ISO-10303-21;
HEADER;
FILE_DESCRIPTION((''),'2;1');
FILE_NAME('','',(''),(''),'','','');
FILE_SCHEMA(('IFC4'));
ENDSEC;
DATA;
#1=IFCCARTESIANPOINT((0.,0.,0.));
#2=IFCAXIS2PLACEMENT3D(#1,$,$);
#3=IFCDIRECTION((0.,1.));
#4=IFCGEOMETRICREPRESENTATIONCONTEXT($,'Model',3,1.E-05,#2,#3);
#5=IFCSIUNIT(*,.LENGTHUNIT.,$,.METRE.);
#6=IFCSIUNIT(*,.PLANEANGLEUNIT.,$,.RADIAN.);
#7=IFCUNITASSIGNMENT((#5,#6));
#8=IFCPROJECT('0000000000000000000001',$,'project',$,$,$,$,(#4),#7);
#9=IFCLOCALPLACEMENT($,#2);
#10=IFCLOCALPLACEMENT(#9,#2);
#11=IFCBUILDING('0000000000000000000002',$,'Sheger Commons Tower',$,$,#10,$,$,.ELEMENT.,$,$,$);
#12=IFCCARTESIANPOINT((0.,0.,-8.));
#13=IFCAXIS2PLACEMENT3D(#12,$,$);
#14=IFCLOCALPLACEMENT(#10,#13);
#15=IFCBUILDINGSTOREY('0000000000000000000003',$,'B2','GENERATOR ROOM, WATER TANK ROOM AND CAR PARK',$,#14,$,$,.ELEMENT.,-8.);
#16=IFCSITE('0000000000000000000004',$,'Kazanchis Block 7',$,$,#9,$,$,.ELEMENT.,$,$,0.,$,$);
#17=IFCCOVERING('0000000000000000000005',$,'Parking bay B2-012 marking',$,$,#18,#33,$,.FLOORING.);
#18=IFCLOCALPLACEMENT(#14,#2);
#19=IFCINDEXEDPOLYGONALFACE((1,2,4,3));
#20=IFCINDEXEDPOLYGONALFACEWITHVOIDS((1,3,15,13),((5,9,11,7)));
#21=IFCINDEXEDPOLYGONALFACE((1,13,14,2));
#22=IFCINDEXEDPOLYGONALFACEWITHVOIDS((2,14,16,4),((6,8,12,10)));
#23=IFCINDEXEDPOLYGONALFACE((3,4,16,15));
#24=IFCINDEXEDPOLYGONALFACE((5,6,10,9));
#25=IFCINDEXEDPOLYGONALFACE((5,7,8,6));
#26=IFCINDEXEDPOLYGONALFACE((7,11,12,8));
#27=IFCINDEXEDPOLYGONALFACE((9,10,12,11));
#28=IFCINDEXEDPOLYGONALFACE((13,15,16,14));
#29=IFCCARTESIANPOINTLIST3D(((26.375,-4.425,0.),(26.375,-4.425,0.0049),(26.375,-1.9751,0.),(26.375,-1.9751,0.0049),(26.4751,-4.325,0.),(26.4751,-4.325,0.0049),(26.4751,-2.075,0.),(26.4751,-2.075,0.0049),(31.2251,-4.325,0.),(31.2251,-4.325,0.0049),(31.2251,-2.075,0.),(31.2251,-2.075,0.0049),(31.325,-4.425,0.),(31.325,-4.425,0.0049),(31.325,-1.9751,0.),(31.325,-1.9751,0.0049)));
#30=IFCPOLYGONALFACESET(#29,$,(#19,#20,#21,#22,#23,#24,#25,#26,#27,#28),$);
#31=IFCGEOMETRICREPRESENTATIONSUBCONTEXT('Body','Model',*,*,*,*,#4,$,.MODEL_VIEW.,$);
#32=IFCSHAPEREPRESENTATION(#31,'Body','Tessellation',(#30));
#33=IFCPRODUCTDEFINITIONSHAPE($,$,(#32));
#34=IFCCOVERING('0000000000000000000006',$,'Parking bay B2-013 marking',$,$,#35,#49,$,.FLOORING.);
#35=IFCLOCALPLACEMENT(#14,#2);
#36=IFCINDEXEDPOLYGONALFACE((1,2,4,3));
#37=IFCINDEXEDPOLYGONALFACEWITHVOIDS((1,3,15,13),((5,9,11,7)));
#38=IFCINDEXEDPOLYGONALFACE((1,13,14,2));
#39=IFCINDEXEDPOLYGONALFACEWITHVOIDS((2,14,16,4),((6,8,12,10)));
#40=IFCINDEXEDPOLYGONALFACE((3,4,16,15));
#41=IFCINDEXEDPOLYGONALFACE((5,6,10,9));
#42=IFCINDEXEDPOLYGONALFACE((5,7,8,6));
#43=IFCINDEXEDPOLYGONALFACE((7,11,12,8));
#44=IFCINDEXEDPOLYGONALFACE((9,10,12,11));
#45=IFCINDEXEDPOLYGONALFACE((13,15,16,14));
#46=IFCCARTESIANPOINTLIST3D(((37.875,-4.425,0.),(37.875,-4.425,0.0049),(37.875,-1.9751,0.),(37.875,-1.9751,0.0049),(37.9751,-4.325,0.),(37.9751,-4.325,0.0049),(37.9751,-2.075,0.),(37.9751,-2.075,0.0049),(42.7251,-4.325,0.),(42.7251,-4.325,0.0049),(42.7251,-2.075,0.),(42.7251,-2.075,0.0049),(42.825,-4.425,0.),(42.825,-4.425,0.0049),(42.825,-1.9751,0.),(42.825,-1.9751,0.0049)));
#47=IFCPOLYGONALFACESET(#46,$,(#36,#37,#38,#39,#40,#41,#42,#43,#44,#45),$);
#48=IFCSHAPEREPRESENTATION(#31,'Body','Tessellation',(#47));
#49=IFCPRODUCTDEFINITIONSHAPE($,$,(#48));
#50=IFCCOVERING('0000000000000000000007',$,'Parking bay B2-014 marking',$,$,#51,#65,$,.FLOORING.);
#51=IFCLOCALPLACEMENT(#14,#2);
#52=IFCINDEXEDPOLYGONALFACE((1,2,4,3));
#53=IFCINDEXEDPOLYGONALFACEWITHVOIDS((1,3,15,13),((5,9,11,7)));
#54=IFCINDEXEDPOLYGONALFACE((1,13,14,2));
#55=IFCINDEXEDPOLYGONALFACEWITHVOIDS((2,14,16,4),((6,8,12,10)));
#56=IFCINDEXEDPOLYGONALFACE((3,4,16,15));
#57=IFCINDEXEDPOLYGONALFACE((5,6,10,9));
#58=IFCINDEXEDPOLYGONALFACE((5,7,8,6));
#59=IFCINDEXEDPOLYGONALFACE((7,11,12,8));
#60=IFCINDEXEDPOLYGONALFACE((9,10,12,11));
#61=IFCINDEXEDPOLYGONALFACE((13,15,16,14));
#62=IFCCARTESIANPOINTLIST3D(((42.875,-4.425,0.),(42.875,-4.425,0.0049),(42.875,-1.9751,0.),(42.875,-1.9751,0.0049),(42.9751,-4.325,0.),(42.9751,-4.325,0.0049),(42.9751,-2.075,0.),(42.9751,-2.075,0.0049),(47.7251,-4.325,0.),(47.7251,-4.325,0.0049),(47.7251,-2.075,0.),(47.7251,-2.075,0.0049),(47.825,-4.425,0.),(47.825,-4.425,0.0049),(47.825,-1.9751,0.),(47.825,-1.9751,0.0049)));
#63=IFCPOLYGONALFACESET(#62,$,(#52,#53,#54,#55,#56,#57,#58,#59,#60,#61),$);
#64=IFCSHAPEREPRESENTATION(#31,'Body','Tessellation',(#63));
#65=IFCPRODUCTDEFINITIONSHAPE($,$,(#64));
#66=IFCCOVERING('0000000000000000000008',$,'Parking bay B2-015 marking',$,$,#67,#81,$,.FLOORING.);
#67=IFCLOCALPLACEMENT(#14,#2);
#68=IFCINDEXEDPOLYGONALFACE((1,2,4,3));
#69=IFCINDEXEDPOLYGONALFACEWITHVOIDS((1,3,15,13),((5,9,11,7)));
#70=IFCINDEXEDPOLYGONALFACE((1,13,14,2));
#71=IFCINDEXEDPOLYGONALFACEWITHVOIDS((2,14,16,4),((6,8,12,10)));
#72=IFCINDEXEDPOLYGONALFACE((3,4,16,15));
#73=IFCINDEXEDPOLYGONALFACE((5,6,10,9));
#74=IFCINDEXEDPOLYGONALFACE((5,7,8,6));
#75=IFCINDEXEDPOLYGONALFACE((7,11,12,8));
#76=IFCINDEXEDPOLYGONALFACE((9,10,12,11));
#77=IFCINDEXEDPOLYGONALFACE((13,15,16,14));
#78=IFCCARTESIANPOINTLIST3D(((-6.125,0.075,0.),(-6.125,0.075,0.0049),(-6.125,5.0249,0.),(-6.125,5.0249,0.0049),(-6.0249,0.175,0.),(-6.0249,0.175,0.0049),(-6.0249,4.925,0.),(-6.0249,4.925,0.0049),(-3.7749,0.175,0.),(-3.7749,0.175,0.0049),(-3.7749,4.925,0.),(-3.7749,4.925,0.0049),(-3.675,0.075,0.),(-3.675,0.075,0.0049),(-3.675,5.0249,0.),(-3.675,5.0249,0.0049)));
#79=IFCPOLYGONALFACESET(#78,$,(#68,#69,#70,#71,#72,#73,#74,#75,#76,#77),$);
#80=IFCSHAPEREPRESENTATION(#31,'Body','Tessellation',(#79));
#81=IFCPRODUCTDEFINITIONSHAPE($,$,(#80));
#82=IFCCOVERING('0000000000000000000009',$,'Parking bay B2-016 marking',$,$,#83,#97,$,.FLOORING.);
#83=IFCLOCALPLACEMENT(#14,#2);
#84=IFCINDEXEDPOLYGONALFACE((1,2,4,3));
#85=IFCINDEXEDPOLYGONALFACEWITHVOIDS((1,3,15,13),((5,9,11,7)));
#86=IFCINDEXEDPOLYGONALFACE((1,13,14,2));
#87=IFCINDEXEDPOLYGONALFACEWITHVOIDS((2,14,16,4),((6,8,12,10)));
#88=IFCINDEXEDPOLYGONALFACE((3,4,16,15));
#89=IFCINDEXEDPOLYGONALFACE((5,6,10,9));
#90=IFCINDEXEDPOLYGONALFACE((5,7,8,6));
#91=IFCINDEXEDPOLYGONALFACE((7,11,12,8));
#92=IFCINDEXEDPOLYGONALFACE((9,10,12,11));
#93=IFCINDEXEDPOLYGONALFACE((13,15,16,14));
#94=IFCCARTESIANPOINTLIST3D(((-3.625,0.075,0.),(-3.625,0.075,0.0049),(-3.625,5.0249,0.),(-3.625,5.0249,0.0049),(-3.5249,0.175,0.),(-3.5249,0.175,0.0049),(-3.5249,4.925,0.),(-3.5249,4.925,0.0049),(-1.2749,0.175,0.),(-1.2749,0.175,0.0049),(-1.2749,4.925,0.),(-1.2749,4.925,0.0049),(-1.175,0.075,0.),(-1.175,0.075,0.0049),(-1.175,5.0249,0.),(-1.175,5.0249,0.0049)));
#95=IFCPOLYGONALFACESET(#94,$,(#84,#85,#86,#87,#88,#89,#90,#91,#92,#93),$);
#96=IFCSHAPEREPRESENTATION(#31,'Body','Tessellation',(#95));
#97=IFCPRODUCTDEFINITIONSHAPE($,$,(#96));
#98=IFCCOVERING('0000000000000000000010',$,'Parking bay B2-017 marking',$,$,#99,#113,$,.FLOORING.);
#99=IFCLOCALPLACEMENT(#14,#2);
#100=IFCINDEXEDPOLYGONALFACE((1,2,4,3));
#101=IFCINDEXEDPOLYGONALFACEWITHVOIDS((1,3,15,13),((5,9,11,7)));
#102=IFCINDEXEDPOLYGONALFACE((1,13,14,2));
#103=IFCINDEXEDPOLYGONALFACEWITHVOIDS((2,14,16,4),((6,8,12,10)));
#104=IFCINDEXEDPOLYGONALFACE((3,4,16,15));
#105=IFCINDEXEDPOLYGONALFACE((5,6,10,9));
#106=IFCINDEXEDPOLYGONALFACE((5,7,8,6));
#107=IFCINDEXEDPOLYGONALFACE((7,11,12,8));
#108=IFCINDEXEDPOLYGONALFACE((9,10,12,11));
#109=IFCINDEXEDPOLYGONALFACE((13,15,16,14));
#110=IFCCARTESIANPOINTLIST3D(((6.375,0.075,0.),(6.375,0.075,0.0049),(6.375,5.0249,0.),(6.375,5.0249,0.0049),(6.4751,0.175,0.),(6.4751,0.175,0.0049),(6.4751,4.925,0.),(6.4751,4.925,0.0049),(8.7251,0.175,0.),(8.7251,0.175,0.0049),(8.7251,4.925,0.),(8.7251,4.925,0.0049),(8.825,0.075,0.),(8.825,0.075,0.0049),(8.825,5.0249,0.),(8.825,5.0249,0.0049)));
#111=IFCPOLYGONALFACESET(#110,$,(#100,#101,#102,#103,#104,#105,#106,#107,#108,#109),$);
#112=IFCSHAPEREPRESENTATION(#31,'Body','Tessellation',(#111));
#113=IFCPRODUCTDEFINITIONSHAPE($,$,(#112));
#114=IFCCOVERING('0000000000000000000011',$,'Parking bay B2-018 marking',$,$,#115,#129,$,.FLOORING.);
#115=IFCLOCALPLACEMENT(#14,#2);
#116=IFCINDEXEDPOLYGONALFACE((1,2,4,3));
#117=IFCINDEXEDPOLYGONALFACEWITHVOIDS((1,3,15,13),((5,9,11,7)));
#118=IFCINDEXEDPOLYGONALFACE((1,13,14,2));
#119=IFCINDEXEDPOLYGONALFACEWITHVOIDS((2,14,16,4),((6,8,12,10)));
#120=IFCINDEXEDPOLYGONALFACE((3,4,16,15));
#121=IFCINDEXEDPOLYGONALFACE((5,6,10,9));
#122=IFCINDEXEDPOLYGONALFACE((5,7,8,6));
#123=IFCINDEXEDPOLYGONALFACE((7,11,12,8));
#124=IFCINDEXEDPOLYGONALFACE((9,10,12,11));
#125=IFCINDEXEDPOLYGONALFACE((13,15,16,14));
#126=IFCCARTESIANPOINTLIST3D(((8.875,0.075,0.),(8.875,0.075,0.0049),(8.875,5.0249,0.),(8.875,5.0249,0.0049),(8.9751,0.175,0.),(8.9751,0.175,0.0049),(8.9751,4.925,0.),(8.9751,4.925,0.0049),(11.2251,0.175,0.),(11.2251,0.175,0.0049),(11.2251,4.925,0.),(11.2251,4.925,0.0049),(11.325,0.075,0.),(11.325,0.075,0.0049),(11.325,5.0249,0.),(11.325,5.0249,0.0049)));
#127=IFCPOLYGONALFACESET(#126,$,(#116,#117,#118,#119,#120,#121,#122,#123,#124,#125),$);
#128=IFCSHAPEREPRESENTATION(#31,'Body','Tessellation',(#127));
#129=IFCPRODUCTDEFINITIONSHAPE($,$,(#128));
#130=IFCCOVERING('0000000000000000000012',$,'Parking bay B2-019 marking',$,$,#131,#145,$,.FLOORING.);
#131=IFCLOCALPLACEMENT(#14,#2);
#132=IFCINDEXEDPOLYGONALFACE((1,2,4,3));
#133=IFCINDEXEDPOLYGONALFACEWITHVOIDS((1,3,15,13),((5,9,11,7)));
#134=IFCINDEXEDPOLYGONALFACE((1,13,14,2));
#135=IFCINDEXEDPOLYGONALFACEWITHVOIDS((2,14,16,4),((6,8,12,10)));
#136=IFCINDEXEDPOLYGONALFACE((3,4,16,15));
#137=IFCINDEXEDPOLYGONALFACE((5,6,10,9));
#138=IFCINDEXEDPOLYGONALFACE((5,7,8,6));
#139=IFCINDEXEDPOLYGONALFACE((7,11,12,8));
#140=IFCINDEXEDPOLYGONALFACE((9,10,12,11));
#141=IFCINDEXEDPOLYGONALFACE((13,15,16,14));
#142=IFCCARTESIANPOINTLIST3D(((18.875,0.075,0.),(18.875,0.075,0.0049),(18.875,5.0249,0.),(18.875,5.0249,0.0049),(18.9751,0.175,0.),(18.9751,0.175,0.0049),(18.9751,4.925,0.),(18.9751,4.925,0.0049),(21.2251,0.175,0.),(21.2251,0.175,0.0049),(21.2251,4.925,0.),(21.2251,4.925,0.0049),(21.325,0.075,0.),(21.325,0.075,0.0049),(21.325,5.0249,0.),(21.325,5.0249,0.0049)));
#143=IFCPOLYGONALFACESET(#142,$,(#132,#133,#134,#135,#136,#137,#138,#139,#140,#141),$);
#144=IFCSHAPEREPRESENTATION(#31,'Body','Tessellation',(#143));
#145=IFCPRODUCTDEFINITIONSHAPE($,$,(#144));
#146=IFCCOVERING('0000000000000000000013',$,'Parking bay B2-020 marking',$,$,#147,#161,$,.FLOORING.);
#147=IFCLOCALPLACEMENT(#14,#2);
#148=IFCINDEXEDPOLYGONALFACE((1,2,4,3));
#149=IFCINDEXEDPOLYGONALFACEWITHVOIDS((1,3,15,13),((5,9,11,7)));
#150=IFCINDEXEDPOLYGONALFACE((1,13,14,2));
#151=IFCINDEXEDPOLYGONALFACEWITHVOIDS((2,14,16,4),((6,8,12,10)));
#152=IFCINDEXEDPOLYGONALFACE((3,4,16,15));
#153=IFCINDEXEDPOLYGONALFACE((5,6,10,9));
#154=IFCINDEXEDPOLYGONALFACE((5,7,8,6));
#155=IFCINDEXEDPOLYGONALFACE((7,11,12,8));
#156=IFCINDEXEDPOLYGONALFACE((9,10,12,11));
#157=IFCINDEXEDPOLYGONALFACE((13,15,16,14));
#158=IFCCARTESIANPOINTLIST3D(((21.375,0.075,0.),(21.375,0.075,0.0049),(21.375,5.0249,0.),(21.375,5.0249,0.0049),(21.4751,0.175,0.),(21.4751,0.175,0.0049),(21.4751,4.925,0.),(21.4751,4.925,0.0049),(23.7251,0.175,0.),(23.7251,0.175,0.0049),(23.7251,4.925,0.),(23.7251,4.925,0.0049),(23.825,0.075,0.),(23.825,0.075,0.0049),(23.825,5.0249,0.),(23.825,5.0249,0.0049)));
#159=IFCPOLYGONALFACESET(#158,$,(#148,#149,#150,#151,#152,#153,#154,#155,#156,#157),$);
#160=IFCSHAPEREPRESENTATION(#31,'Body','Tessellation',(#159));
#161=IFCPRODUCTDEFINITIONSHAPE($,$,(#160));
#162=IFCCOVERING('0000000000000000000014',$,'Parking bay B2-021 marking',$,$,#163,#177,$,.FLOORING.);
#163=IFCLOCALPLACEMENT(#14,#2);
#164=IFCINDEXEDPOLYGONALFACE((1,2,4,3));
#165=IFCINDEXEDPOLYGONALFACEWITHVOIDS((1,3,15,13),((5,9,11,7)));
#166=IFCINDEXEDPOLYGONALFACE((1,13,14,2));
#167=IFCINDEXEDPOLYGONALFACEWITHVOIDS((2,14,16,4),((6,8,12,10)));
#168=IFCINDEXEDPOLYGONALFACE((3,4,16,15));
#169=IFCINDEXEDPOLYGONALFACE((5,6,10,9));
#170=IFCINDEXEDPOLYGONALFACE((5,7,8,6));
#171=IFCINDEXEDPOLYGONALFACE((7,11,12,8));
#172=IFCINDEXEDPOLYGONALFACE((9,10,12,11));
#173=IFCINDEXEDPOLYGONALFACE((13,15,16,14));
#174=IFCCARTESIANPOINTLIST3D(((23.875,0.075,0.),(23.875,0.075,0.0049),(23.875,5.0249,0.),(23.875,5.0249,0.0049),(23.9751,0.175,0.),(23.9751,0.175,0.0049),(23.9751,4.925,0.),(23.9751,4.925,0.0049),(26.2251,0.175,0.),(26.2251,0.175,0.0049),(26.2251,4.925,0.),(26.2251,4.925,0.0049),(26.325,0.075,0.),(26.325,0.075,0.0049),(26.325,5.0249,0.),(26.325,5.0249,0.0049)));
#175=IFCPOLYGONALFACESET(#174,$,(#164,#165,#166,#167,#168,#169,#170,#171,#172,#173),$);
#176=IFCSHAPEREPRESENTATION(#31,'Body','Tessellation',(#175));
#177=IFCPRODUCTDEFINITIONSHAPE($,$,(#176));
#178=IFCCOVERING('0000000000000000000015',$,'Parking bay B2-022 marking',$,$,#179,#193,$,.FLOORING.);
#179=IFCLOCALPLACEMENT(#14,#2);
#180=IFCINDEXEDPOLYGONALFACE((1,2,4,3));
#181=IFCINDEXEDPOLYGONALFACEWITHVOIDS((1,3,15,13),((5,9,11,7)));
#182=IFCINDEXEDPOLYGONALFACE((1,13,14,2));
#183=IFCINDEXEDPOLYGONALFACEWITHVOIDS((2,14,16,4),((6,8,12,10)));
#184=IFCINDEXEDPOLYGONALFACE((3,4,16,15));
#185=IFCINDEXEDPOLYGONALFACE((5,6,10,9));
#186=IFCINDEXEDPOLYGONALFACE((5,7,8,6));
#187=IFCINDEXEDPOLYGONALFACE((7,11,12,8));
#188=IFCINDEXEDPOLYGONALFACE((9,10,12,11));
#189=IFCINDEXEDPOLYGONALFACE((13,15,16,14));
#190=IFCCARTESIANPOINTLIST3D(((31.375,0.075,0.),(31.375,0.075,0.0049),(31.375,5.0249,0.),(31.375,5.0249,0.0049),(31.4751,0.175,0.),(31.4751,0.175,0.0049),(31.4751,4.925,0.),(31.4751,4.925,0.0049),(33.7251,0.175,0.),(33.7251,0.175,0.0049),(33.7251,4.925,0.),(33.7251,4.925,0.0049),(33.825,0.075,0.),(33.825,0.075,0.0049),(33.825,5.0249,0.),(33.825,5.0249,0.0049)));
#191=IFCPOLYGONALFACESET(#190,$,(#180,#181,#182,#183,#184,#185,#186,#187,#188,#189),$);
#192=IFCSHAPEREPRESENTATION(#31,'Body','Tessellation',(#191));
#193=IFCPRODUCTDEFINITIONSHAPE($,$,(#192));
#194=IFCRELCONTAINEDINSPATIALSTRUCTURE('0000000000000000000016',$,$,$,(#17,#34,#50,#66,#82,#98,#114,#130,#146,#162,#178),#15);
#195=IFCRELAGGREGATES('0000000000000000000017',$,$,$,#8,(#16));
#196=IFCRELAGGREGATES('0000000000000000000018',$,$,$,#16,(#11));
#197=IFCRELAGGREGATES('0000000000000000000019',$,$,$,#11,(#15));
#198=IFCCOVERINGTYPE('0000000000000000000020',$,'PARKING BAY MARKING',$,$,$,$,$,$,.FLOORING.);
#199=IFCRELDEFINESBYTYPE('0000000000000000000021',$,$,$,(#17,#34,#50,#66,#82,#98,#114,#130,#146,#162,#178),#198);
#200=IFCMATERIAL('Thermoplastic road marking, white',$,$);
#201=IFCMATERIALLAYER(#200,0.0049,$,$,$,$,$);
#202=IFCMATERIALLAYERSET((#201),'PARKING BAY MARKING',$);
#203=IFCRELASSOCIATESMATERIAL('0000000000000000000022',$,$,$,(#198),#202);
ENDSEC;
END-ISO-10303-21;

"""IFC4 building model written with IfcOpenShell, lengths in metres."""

from ifc_helpers import new_model, si_unit, direction, frame, origin, place, context, subcontext, project, spatial, polyline, outline, extrude, material, layer, layer_set, type_object, element, save


model = new_model("IFC4")

# Units and contexts
model_context = context("Model", 3, precision=1e-05, world=origin(), true_north=direction((0.0, 1.0)))
body_context = subcontext(model_context, "Body", "Model", "MODEL_VIEW")
ifc_project = project(units=[si_unit("LENGTHUNIT", "METRE"), si_unit("PLANEANGLEUNIT", "RADIAN")], contexts=[model_context])

# Site, building, storey
site_placement = place(None, origin())
site = spatial("IfcSite", under=ifc_project, at=site_placement, Name="Kazanchis Block 7", CompositionType="ELEMENT", RefElevation=0.0)
building_placement = place(site_placement, origin())
building = spatial("IfcBuilding", under=site, at=building_placement, Name="Sheger Commons Tower", CompositionType="ELEMENT")
storey_placement = place(building_placement, frame((0.0, 0.0, -8.0)))
storey = spatial("IfcBuildingStorey", under=building, at=storey_placement, Name="B2", Description="GENERATOR ROOM, WATER TANK ROOM AND CAR PARK", CompositionType="ELEMENT", Elevation=-8.0)

# Coverings
ifc_material_1 = material(Name="Thermoplastic road marking, white")
ifc_layer = layer(ifc_material_1, 0.0049)
ifc_layer_set = layer_set([ifc_layer], Name="PARKING BAY MARKING")
covering_type = type_object("IfcCoveringType", Name="PARKING BAY MARKING", PredefinedType="FLOORING", material=ifc_layer_set)
covering_1_placement = place(storey_placement, origin())
element("IfcCovering", 1, at=covering_1_placement, inside=storey, type_object=covering_type, Name="Parking bay B2-012 marking", PredefinedType="FLOORING", context=body_context, shape_type="SweptSolid", body=[
    extrude(outline(polyline([(26.375, -4.425), (31.325, -4.425), (31.325, -1.9751), (26.375, -1.9751), (26.375, -4.425)]), holes=[polyline([(31.2251, -2.075), (31.2251, -4.325), (26.4751, -4.325), (26.4751, -2.075), (31.2251, -2.075)])]), origin(), (0.0, 0.0, 1.0), 0.0049),
])
covering_2_placement = place(storey_placement, origin())
element("IfcCovering", 2, at=covering_2_placement, inside=storey, type_object=covering_type, Name="Parking bay B2-013 marking", PredefinedType="FLOORING", context=body_context, shape_type="SweptSolid", body=[
    extrude(outline(polyline([(37.875, -4.425), (42.825, -4.425), (42.825, -1.9751), (37.875, -1.9751), (37.875, -4.425)]), holes=[polyline([(42.7251, -2.075), (42.7251, -4.325), (37.9751, -4.325), (37.9751, -2.075), (42.7251, -2.075)])]), origin(), (0.0, 0.0, 1.0), 0.0049),
])
covering_3_placement = place(storey_placement, origin())
element("IfcCovering", 3, at=covering_3_placement, inside=storey, type_object=covering_type, Name="Parking bay B2-014 marking", PredefinedType="FLOORING", context=body_context, shape_type="SweptSolid", body=[
    extrude(outline(polyline([(42.875, -4.425), (47.825, -4.425), (47.825, -1.9751), (42.875, -1.9751), (42.875, -4.425)]), holes=[polyline([(47.7251, -2.075), (47.7251, -4.325), (42.9751, -4.325), (42.9751, -2.075), (47.7251, -2.075)])]), origin(), (0.0, 0.0, 1.0), 0.0049),
])
covering_4_placement = place(storey_placement, origin())
element("IfcCovering", 4, at=covering_4_placement, inside=storey, type_object=covering_type, Name="Parking bay B2-015 marking", PredefinedType="FLOORING", context=body_context, shape_type="SweptSolid", body=[
    extrude(outline(polyline([(-6.125, 0.075), (-3.675, 0.075), (-3.675, 5.0249), (-6.125, 5.0249), (-6.125, 0.075)]), holes=[polyline([(-3.7749, 4.925), (-3.7749, 0.175), (-6.0249, 0.175), (-6.0249, 4.925), (-3.7749, 4.925)])]), origin(), (0.0, 0.0, 1.0), 0.0049),
])
covering_5_placement = place(storey_placement, origin())
element("IfcCovering", 5, at=covering_5_placement, inside=storey, type_object=covering_type, Name="Parking bay B2-016 marking", PredefinedType="FLOORING", context=body_context, shape_type="SweptSolid", body=[
    extrude(outline(polyline([(-3.625, 0.075), (-1.175, 0.075), (-1.175, 5.0249), (-3.625, 5.0249), (-3.625, 0.075)]), holes=[polyline([(-1.2749, 4.925), (-1.2749, 0.175), (-3.5249, 0.175), (-3.5249, 4.925), (-1.2749, 4.925)])]), origin(), (0.0, 0.0, 1.0), 0.0049),
])
covering_6_placement = place(storey_placement, origin())
element("IfcCovering", 6, at=covering_6_placement, inside=storey, type_object=covering_type, Name="Parking bay B2-017 marking", PredefinedType="FLOORING", context=body_context, shape_type="SweptSolid", body=[
    extrude(outline(polyline([(6.375, 0.075), (8.825, 0.075), (8.825, 5.0249), (6.375, 5.0249), (6.375, 0.075)]), holes=[polyline([(8.7251, 4.925), (8.7251, 0.175), (6.4751, 0.175), (6.4751, 4.925), (8.7251, 4.925)])]), origin(), (0.0, 0.0, 1.0), 0.0049),
])
covering_7_placement = place(storey_placement, origin())
element("IfcCovering", 7, at=covering_7_placement, inside=storey, type_object=covering_type, Name="Parking bay B2-018 marking", PredefinedType="FLOORING", context=body_context, shape_type="SweptSolid", body=[
    extrude(outline(polyline([(8.875, 0.075), (11.325, 0.075), (11.325, 5.0249), (8.875, 5.0249), (8.875, 0.075)]), holes=[polyline([(11.2251, 4.925), (11.2251, 0.175), (8.9751, 0.175), (8.9751, 4.925), (11.2251, 4.925)])]), origin(), (0.0, 0.0, 1.0), 0.0049),
])
covering_8_placement = place(storey_placement, origin())
element("IfcCovering", 8, at=covering_8_placement, inside=storey, type_object=covering_type, Name="Parking bay B2-019 marking", PredefinedType="FLOORING", context=body_context, shape_type="SweptSolid", body=[
    extrude(outline(polyline([(18.875, 0.075), (21.325, 0.075), (21.325, 5.0249), (18.875, 5.0249), (18.875, 0.075)]), holes=[polyline([(21.2251, 4.925), (21.2251, 0.175), (18.9751, 0.175), (18.9751, 4.925), (21.2251, 4.925)])]), origin(), (0.0, 0.0, 1.0), 0.0049),
])
covering_9_placement = place(storey_placement, origin())
element("IfcCovering", 9, at=covering_9_placement, inside=storey, type_object=covering_type, Name="Parking bay B2-020 marking", PredefinedType="FLOORING", context=body_context, shape_type="SweptSolid", body=[
    extrude(outline(polyline([(21.375, 0.075), (23.825, 0.075), (23.825, 5.0249), (21.375, 5.0249), (21.375, 0.075)]), holes=[polyline([(23.7251, 4.925), (23.7251, 0.175), (21.4751, 0.175), (21.4751, 4.925), (23.7251, 4.925)])]), origin(), (0.0, 0.0, 1.0), 0.0049),
])
covering_10_placement = place(storey_placement, origin())
element("IfcCovering", 10, at=covering_10_placement, inside=storey, type_object=covering_type, Name="Parking bay B2-021 marking", PredefinedType="FLOORING", context=body_context, shape_type="SweptSolid", body=[
    extrude(outline(polyline([(23.875, 0.075), (26.325, 0.075), (26.325, 5.0249), (23.875, 5.0249), (23.875, 0.075)]), holes=[polyline([(26.2251, 4.925), (26.2251, 0.175), (23.9751, 0.175), (23.9751, 4.925), (26.2251, 4.925)])]), origin(), (0.0, 0.0, 1.0), 0.0049),
])
covering_11_placement = place(storey_placement, origin())
element("IfcCovering", 11, at=covering_11_placement, inside=storey, type_object=covering_type, Name="Parking bay B2-022 marking", PredefinedType="FLOORING", context=body_context, shape_type="SweptSolid", body=[
    extrude(outline(polyline([(31.375, 0.075), (33.825, 0.075), (33.825, 5.0249), (31.375, 5.0249), (31.375, 0.075)]), holes=[polyline([(33.7251, 4.925), (33.7251, 0.175), (31.4751, 0.175), (31.4751, 4.925), (33.7251, 4.925)])]), origin(), (0.0, 0.0, 1.0), 0.0049),
])

save(model, "model.ifc")
